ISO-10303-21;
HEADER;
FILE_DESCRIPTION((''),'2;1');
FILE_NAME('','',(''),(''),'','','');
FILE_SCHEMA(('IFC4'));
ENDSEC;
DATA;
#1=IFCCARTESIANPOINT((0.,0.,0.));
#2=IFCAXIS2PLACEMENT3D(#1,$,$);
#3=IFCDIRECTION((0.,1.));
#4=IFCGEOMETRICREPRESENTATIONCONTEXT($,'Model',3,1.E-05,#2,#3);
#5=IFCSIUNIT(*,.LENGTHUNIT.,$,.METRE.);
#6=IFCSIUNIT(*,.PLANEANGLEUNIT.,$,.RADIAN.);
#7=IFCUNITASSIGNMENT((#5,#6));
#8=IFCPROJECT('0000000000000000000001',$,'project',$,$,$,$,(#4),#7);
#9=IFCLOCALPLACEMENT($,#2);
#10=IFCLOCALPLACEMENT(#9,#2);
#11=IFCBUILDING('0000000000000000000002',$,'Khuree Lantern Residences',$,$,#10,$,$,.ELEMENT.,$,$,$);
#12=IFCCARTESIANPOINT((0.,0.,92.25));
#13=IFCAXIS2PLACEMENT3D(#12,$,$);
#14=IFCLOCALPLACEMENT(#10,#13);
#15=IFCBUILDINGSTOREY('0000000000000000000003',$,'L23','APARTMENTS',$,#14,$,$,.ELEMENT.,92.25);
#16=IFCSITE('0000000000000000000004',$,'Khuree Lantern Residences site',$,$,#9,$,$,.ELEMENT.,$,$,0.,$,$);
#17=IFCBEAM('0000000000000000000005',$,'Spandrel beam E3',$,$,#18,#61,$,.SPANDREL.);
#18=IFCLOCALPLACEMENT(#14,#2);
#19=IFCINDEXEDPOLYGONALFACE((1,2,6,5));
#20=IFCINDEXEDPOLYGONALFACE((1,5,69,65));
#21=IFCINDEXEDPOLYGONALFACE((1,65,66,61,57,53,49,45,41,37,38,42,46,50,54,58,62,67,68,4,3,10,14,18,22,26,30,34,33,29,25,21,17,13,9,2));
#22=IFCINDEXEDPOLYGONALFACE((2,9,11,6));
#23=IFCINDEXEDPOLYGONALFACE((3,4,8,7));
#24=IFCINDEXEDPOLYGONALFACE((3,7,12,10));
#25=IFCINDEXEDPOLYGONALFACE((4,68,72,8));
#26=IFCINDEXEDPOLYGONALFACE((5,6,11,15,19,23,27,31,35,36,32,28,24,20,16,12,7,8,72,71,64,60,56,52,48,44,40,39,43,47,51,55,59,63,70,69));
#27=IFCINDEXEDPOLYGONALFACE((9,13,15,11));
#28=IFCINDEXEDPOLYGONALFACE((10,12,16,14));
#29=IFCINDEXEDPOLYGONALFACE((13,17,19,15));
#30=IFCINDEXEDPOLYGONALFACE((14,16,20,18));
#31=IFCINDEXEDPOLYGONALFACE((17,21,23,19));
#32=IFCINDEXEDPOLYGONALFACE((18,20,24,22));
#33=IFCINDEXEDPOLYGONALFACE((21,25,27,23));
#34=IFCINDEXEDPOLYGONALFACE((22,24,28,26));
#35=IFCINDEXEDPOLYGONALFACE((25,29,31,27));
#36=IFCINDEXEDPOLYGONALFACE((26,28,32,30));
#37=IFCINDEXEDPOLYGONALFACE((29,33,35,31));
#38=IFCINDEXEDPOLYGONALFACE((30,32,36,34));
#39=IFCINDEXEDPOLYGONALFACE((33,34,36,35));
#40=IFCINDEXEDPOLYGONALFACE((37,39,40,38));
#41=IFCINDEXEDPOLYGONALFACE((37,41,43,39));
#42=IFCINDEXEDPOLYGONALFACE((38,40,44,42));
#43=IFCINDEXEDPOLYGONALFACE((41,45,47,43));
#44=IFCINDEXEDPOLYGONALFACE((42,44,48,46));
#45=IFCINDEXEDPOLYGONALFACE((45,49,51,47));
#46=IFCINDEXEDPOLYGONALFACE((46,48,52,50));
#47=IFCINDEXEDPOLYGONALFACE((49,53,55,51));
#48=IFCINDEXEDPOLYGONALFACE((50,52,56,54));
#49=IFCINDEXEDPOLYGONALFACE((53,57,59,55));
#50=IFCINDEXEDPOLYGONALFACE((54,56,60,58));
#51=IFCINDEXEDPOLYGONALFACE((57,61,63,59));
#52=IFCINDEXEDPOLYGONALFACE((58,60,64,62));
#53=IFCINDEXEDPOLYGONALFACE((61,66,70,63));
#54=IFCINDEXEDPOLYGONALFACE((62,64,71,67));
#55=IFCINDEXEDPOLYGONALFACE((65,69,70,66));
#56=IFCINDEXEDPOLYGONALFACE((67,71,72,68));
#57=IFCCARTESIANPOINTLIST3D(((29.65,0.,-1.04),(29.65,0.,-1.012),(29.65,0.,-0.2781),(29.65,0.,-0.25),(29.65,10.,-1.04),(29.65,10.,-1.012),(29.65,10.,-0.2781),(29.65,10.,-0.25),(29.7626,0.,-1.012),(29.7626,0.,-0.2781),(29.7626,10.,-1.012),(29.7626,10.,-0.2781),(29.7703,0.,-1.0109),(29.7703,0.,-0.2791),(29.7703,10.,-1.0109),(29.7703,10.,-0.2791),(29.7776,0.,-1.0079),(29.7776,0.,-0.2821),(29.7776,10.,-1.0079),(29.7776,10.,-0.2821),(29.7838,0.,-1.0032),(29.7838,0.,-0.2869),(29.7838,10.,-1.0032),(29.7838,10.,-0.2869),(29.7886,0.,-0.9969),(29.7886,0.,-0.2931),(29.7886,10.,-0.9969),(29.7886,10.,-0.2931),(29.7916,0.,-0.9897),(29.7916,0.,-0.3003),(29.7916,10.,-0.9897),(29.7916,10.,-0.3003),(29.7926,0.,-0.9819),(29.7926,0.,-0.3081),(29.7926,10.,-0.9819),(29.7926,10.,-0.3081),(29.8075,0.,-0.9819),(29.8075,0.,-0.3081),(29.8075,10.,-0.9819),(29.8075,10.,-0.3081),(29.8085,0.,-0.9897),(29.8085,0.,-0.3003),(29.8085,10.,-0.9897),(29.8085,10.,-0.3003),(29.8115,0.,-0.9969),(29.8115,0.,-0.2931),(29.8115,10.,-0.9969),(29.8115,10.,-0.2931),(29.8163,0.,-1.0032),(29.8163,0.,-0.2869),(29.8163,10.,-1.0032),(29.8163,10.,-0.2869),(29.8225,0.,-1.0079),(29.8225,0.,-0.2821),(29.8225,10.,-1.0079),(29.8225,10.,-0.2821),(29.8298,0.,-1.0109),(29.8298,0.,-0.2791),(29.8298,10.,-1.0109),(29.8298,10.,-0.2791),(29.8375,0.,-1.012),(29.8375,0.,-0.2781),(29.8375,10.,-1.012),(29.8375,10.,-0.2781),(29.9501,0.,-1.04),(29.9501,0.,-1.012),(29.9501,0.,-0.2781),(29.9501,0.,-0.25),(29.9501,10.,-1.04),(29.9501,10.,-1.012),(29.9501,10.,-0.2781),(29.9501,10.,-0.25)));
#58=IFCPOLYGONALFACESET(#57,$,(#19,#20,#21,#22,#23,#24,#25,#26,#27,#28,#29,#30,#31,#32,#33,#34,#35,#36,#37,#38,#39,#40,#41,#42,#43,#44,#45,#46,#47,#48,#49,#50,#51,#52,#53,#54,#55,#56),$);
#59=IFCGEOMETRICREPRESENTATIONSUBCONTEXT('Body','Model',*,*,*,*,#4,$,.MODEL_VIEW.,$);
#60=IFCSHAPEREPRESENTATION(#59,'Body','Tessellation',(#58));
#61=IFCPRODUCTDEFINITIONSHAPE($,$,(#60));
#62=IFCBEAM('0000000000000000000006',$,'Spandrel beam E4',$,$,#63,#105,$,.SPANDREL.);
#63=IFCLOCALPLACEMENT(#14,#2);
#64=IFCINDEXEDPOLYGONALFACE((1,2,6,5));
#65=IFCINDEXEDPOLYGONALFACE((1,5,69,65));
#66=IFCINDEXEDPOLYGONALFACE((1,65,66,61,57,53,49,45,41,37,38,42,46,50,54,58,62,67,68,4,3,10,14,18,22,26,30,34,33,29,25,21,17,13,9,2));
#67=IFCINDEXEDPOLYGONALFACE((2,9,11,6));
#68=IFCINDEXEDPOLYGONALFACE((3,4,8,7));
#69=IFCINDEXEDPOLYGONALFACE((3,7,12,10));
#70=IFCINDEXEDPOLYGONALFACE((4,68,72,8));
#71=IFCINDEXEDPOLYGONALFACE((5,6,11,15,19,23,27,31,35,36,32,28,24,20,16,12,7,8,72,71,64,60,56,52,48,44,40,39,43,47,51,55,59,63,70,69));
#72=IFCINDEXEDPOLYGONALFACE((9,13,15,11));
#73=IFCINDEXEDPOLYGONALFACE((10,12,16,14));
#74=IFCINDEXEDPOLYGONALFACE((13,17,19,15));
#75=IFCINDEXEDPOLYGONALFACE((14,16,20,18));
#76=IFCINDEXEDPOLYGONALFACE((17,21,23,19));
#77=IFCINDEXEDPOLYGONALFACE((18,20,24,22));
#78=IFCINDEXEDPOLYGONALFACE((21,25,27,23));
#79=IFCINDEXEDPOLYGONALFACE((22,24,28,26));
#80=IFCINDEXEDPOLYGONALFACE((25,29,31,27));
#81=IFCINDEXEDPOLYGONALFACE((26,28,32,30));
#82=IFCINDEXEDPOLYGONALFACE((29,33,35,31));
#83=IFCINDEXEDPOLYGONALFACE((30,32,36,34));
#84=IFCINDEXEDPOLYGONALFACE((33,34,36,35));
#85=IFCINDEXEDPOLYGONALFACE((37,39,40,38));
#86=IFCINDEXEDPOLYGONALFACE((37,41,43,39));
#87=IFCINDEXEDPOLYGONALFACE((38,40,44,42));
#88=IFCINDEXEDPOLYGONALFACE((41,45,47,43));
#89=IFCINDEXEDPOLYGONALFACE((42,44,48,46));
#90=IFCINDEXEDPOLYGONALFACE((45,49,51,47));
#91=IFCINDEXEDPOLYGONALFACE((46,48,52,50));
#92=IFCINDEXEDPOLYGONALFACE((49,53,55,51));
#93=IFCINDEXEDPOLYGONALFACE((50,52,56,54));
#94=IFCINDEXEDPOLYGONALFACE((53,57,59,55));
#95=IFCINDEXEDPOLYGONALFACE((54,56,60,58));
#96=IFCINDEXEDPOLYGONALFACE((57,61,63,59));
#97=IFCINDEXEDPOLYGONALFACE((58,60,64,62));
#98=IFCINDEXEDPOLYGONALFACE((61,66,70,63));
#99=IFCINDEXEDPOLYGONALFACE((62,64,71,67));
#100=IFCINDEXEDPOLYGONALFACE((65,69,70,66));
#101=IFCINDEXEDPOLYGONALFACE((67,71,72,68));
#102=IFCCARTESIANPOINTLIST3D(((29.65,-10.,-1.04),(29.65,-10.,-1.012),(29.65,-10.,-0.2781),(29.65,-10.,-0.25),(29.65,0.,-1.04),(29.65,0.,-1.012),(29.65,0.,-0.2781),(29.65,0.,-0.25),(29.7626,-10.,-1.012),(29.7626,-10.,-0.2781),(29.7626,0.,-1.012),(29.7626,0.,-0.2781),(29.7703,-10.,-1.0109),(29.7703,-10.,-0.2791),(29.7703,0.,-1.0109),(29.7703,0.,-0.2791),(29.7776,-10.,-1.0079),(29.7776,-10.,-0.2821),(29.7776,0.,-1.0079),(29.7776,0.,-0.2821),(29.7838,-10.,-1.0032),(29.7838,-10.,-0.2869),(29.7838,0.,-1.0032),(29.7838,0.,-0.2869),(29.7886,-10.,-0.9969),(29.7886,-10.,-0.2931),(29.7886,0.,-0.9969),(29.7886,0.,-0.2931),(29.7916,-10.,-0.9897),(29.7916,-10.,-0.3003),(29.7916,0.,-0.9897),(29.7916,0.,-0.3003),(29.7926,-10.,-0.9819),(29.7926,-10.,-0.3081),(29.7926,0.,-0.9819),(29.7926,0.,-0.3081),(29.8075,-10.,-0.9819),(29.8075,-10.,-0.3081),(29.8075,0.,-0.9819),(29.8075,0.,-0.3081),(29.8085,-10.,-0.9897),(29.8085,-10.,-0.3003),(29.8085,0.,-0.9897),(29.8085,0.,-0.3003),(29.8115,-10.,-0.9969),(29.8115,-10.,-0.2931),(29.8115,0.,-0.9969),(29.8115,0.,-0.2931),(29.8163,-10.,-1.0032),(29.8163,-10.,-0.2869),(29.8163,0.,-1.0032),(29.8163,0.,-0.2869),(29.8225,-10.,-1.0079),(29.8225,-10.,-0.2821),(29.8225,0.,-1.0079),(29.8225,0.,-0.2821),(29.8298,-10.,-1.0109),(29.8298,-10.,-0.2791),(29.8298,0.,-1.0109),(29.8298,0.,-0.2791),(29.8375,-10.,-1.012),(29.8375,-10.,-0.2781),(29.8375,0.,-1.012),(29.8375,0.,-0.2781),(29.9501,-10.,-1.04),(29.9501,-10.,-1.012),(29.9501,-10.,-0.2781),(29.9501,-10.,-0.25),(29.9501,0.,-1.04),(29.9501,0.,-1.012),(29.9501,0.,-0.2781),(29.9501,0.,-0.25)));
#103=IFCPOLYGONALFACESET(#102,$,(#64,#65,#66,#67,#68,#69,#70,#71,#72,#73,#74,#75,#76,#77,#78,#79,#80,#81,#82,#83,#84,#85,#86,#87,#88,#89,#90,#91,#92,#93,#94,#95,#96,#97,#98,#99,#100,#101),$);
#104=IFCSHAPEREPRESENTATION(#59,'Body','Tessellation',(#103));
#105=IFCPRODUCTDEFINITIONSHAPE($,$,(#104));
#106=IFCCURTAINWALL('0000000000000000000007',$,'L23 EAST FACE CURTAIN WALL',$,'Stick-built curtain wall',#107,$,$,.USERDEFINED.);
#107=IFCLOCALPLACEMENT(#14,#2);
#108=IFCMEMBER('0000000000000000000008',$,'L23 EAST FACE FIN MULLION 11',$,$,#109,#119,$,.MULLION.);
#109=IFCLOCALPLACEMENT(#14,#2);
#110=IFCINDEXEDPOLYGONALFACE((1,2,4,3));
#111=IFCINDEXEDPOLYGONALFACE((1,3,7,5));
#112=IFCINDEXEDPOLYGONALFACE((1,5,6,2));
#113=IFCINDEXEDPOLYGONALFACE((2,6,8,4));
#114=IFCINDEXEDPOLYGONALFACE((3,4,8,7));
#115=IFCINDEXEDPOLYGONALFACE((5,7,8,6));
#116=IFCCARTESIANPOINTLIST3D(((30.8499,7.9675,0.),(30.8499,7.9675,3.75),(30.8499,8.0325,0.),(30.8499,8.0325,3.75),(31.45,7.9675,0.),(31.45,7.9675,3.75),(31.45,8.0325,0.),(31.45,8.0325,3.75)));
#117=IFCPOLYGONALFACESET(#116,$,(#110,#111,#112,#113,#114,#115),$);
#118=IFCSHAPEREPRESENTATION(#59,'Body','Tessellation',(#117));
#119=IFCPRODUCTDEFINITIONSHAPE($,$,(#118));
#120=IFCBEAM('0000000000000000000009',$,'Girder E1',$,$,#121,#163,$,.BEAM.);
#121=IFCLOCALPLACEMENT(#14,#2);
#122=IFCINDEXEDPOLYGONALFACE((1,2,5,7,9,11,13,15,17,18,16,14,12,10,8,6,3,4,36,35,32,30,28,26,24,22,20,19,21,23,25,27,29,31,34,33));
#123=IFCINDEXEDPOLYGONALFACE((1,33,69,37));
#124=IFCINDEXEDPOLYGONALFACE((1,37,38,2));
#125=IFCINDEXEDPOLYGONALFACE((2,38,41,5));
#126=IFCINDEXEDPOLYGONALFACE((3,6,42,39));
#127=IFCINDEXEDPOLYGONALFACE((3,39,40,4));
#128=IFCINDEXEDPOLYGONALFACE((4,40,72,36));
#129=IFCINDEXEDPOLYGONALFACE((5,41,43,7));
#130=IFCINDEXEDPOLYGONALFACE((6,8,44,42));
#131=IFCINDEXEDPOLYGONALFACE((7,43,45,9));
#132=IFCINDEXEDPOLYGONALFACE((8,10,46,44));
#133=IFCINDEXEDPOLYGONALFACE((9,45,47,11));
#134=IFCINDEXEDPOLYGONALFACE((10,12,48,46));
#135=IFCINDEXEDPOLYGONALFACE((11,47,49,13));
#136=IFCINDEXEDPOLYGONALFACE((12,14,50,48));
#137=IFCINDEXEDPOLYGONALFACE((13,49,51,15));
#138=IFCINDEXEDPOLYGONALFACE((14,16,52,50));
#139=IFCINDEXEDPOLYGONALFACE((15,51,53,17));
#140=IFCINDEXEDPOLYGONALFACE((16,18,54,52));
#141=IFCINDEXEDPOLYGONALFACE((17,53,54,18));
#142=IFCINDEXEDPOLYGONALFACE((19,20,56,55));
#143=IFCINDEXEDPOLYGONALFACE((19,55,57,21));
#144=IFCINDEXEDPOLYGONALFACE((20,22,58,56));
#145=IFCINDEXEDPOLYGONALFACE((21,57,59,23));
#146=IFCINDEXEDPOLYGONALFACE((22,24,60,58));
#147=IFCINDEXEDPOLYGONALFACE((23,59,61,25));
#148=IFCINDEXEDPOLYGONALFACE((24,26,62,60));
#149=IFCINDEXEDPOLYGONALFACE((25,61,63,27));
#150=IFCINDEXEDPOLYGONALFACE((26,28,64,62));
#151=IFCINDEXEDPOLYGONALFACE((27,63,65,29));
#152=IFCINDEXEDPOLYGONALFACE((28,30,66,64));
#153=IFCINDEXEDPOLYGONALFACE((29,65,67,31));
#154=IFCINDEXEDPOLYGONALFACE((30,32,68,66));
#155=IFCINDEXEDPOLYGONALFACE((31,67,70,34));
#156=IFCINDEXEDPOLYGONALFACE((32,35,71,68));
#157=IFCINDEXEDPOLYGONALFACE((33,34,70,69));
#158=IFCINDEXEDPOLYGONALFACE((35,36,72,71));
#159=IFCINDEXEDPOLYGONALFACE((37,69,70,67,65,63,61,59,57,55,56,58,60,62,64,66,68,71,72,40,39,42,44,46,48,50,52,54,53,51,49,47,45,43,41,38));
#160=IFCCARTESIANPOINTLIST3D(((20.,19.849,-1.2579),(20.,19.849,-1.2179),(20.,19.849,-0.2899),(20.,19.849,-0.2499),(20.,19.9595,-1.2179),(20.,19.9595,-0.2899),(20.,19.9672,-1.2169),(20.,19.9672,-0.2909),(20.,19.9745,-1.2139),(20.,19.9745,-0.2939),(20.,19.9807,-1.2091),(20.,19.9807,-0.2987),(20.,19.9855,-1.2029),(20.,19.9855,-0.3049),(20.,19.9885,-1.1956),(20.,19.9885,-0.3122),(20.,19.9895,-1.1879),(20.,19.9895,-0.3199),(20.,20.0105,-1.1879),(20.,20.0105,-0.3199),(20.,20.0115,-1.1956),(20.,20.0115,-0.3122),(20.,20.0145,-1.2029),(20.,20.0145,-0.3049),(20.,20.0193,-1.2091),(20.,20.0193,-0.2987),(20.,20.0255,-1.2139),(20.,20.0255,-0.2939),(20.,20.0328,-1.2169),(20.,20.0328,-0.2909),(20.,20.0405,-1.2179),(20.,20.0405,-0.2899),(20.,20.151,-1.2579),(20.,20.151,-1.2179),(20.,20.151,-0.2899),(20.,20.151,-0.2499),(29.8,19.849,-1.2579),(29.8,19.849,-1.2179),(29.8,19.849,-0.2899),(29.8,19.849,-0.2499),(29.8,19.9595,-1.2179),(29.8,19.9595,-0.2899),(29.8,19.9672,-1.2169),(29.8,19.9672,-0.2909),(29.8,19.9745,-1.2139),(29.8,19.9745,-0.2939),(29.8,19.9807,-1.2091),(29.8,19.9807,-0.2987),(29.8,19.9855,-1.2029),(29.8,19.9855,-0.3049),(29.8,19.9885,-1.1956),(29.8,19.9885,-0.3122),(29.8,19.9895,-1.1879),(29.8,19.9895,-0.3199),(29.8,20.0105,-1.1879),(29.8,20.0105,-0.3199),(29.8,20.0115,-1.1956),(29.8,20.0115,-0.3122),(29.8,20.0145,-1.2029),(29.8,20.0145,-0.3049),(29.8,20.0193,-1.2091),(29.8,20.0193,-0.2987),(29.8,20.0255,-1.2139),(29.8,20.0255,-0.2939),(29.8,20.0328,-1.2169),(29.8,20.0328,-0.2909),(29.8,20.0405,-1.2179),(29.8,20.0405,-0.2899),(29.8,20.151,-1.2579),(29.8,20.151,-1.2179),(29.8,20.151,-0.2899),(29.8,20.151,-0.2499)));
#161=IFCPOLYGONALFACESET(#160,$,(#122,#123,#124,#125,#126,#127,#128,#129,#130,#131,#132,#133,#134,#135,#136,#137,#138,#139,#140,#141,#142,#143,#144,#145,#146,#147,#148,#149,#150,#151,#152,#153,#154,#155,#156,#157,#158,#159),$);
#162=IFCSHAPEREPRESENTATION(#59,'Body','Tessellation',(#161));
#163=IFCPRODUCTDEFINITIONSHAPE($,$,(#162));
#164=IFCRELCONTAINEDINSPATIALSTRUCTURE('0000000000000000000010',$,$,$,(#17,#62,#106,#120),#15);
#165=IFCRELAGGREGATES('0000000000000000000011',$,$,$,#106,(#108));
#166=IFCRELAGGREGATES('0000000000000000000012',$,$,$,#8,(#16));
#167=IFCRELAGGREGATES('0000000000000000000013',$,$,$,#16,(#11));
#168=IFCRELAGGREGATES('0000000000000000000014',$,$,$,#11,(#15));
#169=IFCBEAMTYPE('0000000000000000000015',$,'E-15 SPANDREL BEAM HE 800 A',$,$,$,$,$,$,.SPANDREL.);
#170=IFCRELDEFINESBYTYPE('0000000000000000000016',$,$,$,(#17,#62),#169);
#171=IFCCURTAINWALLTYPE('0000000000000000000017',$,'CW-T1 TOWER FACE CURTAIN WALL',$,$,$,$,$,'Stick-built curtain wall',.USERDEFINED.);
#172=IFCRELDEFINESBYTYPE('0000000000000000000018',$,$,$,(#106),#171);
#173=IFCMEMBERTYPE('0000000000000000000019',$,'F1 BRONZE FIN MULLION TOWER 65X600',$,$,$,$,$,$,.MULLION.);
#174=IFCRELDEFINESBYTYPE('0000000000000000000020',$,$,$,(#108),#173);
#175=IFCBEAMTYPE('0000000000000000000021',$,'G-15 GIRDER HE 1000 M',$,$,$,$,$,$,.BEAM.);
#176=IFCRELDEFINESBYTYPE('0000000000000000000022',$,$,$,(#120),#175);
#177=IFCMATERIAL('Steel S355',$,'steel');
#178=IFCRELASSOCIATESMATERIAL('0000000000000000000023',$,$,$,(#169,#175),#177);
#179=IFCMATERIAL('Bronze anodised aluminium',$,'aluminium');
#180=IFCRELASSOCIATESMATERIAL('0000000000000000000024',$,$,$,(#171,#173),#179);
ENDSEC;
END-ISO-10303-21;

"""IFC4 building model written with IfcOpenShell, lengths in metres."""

from ifc_helpers import new_model, si_unit, direction, frame, origin, origin_2d, place, context, subcontext, project, spatial, rectangle, i_section, extrude, material, material_profile, profile_set, type_object, element, aggregate, save


model = new_model("IFC4")

# Units and contexts
model_context = context("Model", 3, precision=1e-05, world=origin(), true_north=direction((0.0, 1.0)))
body_context = subcontext(model_context, "Body", "Model", "MODEL_VIEW")
ifc_project = project(units=[si_unit("LENGTHUNIT", "METRE"), si_unit("PLANEANGLEUNIT", "RADIAN")], contexts=[model_context])

# Site, building, storey
site_placement = place(None, origin())
site = spatial("IfcSite", under=ifc_project, at=site_placement, Name="Khuree Lantern Residences site", CompositionType="ELEMENT", RefElevation=0.0)
building_placement = place(site_placement, origin())
building = spatial("IfcBuilding", under=site, at=building_placement, Name="Khuree Lantern Residences", CompositionType="ELEMENT")
storey_placement = place(building_placement, frame((0.0, 0.0, 92.25)))
storey = spatial("IfcBuildingStorey", under=building, at=storey_placement, Name="L23", Description="APARTMENTS", CompositionType="ELEMENT", Elevation=92.25)

# Beams
ifc_material_1 = material(Name="Steel S355", Category="steel")
ifc_material_profile_1 = material_profile(ifc_material_1, i_section(OverallWidth=0.3, OverallDepth=0.79, WebThickness=0.0149, FlangeThickness=0.0281, FilletRadius=0.03, at=origin_2d()), Name="HE 800 A")
ifc_profile_set_1 = profile_set([ifc_material_profile_1], Name="Steel S355")
beam_type_1 = type_object("IfcBeamType", Name="E-15 SPANDREL BEAM HE 800 A", PredefinedType="SPANDREL", material=ifc_profile_set_1)
for number, where, z_axis, x_axis, name in (
    (1, (29.8, 10.0, -0.645), (0.0, -1.0, 0.0), (1.0, 0.0, 0.0), "Spandrel beam E3"),
    (2, (29.8, 0.0, -0.645), (0.0, -1.0, 0.0), (1.0, 0.0, 0.0), "Spandrel beam E4"),
):
    element("IfcBeam", number, at=place(storey_placement, frame(where, z_axis=z_axis, x_axis=x_axis)), inside=storey, type_object=beam_type_1, Name=name, PredefinedType="SPANDREL", context=body_context, shape_type="SweptSolid", body=[
        extrude(i_section(OverallWidth=0.3, OverallDepth=0.79, WebThickness=0.0149, FlangeThickness=0.0281, FilletRadius=0.03, at=origin_2d()), origin(), (0.0, 0.0, 1.0), 10.0),
    ])

# Curtain wall, member
ifc_material_2 = material(Name="Bronze anodised aluminium", Category="aluminium")
curtain_wall_type = type_object("IfcCurtainWallType", Name="CW-T1 TOWER FACE CURTAIN WALL", ElementType="Stick-built curtain wall", PredefinedType="USERDEFINED", material=ifc_material_2)
curtain_wall_placement = place(storey_placement, origin())
curtain_wall = element("IfcCurtainWall", 3, at=curtain_wall_placement, inside=storey, type_object=curtain_wall_type, Name="L23 EAST FACE CURTAIN WALL", ObjectType="Stick-built curtain wall", PredefinedType="USERDEFINED")
ifc_material_profile_2 = material_profile(ifc_material_2, rectangle(XDim=0.0649, YDim=0.6001, at=origin_2d()), Name="F1 65X600")
ifc_profile_set_2 = profile_set([ifc_material_profile_2], Name="Bronze anodised aluminium")
member_type_1 = type_object("IfcMemberType", Name="F1 BRONZE FIN MULLION TOWER 65X600", PredefinedType="MULLION", material=ifc_profile_set_2)
member_1_placement = place(storey_placement, frame((31.1499, 8.0, 0.0), z_axis=(0.0, 0.0, 1.0), x_axis=(0.0, 1.0, 0.0)))
member_1 = element("IfcMember", 4, at=member_1_placement, type_object=member_type_1, Name="L23 EAST FACE FIN MULLION 11", PredefinedType="MULLION", context=body_context, shape_type="SweptSolid", body=[
    extrude(rectangle(XDim=0.0649, YDim=0.6001, at=origin_2d()), origin(), (0.0, 0.0, 1.0), 3.75),
])

# Beam
ifc_material_profile_3 = material_profile(ifc_material_1, i_section(OverallWidth=0.302, OverallDepth=1.0081, WebThickness=0.021, FlangeThickness=0.04, FilletRadius=0.03, at=origin_2d()), Name="HE 1000 M")
ifc_profile_set_3 = profile_set([ifc_material_profile_3], Name="Steel S355")
beam_type_2 = type_object("IfcBeamType", Name="G-15 GIRDER HE 1000 M", PredefinedType="BEAM", material=ifc_profile_set_3)
beam_placement = place(storey_placement, frame((29.8, 20.0, -0.7539), z_axis=(-1.0, 0.0, 0.0), x_axis=(0.0, -1.0, 0.0)))
element("IfcBeam", 5, at=beam_placement, inside=storey, type_object=beam_type_2, Name="Girder E1", PredefinedType="BEAM", context=body_context, shape_type="SweptSolid", body=[
    extrude(i_section(OverallWidth=0.302, OverallDepth=1.0081, WebThickness=0.021, FlangeThickness=0.04, FilletRadius=0.03, at=origin_2d()), origin(), (0.0, 0.0, 1.0), 9.8),
])

aggregate(curtain_wall, [member_1])

save(model, "model.ifc")
